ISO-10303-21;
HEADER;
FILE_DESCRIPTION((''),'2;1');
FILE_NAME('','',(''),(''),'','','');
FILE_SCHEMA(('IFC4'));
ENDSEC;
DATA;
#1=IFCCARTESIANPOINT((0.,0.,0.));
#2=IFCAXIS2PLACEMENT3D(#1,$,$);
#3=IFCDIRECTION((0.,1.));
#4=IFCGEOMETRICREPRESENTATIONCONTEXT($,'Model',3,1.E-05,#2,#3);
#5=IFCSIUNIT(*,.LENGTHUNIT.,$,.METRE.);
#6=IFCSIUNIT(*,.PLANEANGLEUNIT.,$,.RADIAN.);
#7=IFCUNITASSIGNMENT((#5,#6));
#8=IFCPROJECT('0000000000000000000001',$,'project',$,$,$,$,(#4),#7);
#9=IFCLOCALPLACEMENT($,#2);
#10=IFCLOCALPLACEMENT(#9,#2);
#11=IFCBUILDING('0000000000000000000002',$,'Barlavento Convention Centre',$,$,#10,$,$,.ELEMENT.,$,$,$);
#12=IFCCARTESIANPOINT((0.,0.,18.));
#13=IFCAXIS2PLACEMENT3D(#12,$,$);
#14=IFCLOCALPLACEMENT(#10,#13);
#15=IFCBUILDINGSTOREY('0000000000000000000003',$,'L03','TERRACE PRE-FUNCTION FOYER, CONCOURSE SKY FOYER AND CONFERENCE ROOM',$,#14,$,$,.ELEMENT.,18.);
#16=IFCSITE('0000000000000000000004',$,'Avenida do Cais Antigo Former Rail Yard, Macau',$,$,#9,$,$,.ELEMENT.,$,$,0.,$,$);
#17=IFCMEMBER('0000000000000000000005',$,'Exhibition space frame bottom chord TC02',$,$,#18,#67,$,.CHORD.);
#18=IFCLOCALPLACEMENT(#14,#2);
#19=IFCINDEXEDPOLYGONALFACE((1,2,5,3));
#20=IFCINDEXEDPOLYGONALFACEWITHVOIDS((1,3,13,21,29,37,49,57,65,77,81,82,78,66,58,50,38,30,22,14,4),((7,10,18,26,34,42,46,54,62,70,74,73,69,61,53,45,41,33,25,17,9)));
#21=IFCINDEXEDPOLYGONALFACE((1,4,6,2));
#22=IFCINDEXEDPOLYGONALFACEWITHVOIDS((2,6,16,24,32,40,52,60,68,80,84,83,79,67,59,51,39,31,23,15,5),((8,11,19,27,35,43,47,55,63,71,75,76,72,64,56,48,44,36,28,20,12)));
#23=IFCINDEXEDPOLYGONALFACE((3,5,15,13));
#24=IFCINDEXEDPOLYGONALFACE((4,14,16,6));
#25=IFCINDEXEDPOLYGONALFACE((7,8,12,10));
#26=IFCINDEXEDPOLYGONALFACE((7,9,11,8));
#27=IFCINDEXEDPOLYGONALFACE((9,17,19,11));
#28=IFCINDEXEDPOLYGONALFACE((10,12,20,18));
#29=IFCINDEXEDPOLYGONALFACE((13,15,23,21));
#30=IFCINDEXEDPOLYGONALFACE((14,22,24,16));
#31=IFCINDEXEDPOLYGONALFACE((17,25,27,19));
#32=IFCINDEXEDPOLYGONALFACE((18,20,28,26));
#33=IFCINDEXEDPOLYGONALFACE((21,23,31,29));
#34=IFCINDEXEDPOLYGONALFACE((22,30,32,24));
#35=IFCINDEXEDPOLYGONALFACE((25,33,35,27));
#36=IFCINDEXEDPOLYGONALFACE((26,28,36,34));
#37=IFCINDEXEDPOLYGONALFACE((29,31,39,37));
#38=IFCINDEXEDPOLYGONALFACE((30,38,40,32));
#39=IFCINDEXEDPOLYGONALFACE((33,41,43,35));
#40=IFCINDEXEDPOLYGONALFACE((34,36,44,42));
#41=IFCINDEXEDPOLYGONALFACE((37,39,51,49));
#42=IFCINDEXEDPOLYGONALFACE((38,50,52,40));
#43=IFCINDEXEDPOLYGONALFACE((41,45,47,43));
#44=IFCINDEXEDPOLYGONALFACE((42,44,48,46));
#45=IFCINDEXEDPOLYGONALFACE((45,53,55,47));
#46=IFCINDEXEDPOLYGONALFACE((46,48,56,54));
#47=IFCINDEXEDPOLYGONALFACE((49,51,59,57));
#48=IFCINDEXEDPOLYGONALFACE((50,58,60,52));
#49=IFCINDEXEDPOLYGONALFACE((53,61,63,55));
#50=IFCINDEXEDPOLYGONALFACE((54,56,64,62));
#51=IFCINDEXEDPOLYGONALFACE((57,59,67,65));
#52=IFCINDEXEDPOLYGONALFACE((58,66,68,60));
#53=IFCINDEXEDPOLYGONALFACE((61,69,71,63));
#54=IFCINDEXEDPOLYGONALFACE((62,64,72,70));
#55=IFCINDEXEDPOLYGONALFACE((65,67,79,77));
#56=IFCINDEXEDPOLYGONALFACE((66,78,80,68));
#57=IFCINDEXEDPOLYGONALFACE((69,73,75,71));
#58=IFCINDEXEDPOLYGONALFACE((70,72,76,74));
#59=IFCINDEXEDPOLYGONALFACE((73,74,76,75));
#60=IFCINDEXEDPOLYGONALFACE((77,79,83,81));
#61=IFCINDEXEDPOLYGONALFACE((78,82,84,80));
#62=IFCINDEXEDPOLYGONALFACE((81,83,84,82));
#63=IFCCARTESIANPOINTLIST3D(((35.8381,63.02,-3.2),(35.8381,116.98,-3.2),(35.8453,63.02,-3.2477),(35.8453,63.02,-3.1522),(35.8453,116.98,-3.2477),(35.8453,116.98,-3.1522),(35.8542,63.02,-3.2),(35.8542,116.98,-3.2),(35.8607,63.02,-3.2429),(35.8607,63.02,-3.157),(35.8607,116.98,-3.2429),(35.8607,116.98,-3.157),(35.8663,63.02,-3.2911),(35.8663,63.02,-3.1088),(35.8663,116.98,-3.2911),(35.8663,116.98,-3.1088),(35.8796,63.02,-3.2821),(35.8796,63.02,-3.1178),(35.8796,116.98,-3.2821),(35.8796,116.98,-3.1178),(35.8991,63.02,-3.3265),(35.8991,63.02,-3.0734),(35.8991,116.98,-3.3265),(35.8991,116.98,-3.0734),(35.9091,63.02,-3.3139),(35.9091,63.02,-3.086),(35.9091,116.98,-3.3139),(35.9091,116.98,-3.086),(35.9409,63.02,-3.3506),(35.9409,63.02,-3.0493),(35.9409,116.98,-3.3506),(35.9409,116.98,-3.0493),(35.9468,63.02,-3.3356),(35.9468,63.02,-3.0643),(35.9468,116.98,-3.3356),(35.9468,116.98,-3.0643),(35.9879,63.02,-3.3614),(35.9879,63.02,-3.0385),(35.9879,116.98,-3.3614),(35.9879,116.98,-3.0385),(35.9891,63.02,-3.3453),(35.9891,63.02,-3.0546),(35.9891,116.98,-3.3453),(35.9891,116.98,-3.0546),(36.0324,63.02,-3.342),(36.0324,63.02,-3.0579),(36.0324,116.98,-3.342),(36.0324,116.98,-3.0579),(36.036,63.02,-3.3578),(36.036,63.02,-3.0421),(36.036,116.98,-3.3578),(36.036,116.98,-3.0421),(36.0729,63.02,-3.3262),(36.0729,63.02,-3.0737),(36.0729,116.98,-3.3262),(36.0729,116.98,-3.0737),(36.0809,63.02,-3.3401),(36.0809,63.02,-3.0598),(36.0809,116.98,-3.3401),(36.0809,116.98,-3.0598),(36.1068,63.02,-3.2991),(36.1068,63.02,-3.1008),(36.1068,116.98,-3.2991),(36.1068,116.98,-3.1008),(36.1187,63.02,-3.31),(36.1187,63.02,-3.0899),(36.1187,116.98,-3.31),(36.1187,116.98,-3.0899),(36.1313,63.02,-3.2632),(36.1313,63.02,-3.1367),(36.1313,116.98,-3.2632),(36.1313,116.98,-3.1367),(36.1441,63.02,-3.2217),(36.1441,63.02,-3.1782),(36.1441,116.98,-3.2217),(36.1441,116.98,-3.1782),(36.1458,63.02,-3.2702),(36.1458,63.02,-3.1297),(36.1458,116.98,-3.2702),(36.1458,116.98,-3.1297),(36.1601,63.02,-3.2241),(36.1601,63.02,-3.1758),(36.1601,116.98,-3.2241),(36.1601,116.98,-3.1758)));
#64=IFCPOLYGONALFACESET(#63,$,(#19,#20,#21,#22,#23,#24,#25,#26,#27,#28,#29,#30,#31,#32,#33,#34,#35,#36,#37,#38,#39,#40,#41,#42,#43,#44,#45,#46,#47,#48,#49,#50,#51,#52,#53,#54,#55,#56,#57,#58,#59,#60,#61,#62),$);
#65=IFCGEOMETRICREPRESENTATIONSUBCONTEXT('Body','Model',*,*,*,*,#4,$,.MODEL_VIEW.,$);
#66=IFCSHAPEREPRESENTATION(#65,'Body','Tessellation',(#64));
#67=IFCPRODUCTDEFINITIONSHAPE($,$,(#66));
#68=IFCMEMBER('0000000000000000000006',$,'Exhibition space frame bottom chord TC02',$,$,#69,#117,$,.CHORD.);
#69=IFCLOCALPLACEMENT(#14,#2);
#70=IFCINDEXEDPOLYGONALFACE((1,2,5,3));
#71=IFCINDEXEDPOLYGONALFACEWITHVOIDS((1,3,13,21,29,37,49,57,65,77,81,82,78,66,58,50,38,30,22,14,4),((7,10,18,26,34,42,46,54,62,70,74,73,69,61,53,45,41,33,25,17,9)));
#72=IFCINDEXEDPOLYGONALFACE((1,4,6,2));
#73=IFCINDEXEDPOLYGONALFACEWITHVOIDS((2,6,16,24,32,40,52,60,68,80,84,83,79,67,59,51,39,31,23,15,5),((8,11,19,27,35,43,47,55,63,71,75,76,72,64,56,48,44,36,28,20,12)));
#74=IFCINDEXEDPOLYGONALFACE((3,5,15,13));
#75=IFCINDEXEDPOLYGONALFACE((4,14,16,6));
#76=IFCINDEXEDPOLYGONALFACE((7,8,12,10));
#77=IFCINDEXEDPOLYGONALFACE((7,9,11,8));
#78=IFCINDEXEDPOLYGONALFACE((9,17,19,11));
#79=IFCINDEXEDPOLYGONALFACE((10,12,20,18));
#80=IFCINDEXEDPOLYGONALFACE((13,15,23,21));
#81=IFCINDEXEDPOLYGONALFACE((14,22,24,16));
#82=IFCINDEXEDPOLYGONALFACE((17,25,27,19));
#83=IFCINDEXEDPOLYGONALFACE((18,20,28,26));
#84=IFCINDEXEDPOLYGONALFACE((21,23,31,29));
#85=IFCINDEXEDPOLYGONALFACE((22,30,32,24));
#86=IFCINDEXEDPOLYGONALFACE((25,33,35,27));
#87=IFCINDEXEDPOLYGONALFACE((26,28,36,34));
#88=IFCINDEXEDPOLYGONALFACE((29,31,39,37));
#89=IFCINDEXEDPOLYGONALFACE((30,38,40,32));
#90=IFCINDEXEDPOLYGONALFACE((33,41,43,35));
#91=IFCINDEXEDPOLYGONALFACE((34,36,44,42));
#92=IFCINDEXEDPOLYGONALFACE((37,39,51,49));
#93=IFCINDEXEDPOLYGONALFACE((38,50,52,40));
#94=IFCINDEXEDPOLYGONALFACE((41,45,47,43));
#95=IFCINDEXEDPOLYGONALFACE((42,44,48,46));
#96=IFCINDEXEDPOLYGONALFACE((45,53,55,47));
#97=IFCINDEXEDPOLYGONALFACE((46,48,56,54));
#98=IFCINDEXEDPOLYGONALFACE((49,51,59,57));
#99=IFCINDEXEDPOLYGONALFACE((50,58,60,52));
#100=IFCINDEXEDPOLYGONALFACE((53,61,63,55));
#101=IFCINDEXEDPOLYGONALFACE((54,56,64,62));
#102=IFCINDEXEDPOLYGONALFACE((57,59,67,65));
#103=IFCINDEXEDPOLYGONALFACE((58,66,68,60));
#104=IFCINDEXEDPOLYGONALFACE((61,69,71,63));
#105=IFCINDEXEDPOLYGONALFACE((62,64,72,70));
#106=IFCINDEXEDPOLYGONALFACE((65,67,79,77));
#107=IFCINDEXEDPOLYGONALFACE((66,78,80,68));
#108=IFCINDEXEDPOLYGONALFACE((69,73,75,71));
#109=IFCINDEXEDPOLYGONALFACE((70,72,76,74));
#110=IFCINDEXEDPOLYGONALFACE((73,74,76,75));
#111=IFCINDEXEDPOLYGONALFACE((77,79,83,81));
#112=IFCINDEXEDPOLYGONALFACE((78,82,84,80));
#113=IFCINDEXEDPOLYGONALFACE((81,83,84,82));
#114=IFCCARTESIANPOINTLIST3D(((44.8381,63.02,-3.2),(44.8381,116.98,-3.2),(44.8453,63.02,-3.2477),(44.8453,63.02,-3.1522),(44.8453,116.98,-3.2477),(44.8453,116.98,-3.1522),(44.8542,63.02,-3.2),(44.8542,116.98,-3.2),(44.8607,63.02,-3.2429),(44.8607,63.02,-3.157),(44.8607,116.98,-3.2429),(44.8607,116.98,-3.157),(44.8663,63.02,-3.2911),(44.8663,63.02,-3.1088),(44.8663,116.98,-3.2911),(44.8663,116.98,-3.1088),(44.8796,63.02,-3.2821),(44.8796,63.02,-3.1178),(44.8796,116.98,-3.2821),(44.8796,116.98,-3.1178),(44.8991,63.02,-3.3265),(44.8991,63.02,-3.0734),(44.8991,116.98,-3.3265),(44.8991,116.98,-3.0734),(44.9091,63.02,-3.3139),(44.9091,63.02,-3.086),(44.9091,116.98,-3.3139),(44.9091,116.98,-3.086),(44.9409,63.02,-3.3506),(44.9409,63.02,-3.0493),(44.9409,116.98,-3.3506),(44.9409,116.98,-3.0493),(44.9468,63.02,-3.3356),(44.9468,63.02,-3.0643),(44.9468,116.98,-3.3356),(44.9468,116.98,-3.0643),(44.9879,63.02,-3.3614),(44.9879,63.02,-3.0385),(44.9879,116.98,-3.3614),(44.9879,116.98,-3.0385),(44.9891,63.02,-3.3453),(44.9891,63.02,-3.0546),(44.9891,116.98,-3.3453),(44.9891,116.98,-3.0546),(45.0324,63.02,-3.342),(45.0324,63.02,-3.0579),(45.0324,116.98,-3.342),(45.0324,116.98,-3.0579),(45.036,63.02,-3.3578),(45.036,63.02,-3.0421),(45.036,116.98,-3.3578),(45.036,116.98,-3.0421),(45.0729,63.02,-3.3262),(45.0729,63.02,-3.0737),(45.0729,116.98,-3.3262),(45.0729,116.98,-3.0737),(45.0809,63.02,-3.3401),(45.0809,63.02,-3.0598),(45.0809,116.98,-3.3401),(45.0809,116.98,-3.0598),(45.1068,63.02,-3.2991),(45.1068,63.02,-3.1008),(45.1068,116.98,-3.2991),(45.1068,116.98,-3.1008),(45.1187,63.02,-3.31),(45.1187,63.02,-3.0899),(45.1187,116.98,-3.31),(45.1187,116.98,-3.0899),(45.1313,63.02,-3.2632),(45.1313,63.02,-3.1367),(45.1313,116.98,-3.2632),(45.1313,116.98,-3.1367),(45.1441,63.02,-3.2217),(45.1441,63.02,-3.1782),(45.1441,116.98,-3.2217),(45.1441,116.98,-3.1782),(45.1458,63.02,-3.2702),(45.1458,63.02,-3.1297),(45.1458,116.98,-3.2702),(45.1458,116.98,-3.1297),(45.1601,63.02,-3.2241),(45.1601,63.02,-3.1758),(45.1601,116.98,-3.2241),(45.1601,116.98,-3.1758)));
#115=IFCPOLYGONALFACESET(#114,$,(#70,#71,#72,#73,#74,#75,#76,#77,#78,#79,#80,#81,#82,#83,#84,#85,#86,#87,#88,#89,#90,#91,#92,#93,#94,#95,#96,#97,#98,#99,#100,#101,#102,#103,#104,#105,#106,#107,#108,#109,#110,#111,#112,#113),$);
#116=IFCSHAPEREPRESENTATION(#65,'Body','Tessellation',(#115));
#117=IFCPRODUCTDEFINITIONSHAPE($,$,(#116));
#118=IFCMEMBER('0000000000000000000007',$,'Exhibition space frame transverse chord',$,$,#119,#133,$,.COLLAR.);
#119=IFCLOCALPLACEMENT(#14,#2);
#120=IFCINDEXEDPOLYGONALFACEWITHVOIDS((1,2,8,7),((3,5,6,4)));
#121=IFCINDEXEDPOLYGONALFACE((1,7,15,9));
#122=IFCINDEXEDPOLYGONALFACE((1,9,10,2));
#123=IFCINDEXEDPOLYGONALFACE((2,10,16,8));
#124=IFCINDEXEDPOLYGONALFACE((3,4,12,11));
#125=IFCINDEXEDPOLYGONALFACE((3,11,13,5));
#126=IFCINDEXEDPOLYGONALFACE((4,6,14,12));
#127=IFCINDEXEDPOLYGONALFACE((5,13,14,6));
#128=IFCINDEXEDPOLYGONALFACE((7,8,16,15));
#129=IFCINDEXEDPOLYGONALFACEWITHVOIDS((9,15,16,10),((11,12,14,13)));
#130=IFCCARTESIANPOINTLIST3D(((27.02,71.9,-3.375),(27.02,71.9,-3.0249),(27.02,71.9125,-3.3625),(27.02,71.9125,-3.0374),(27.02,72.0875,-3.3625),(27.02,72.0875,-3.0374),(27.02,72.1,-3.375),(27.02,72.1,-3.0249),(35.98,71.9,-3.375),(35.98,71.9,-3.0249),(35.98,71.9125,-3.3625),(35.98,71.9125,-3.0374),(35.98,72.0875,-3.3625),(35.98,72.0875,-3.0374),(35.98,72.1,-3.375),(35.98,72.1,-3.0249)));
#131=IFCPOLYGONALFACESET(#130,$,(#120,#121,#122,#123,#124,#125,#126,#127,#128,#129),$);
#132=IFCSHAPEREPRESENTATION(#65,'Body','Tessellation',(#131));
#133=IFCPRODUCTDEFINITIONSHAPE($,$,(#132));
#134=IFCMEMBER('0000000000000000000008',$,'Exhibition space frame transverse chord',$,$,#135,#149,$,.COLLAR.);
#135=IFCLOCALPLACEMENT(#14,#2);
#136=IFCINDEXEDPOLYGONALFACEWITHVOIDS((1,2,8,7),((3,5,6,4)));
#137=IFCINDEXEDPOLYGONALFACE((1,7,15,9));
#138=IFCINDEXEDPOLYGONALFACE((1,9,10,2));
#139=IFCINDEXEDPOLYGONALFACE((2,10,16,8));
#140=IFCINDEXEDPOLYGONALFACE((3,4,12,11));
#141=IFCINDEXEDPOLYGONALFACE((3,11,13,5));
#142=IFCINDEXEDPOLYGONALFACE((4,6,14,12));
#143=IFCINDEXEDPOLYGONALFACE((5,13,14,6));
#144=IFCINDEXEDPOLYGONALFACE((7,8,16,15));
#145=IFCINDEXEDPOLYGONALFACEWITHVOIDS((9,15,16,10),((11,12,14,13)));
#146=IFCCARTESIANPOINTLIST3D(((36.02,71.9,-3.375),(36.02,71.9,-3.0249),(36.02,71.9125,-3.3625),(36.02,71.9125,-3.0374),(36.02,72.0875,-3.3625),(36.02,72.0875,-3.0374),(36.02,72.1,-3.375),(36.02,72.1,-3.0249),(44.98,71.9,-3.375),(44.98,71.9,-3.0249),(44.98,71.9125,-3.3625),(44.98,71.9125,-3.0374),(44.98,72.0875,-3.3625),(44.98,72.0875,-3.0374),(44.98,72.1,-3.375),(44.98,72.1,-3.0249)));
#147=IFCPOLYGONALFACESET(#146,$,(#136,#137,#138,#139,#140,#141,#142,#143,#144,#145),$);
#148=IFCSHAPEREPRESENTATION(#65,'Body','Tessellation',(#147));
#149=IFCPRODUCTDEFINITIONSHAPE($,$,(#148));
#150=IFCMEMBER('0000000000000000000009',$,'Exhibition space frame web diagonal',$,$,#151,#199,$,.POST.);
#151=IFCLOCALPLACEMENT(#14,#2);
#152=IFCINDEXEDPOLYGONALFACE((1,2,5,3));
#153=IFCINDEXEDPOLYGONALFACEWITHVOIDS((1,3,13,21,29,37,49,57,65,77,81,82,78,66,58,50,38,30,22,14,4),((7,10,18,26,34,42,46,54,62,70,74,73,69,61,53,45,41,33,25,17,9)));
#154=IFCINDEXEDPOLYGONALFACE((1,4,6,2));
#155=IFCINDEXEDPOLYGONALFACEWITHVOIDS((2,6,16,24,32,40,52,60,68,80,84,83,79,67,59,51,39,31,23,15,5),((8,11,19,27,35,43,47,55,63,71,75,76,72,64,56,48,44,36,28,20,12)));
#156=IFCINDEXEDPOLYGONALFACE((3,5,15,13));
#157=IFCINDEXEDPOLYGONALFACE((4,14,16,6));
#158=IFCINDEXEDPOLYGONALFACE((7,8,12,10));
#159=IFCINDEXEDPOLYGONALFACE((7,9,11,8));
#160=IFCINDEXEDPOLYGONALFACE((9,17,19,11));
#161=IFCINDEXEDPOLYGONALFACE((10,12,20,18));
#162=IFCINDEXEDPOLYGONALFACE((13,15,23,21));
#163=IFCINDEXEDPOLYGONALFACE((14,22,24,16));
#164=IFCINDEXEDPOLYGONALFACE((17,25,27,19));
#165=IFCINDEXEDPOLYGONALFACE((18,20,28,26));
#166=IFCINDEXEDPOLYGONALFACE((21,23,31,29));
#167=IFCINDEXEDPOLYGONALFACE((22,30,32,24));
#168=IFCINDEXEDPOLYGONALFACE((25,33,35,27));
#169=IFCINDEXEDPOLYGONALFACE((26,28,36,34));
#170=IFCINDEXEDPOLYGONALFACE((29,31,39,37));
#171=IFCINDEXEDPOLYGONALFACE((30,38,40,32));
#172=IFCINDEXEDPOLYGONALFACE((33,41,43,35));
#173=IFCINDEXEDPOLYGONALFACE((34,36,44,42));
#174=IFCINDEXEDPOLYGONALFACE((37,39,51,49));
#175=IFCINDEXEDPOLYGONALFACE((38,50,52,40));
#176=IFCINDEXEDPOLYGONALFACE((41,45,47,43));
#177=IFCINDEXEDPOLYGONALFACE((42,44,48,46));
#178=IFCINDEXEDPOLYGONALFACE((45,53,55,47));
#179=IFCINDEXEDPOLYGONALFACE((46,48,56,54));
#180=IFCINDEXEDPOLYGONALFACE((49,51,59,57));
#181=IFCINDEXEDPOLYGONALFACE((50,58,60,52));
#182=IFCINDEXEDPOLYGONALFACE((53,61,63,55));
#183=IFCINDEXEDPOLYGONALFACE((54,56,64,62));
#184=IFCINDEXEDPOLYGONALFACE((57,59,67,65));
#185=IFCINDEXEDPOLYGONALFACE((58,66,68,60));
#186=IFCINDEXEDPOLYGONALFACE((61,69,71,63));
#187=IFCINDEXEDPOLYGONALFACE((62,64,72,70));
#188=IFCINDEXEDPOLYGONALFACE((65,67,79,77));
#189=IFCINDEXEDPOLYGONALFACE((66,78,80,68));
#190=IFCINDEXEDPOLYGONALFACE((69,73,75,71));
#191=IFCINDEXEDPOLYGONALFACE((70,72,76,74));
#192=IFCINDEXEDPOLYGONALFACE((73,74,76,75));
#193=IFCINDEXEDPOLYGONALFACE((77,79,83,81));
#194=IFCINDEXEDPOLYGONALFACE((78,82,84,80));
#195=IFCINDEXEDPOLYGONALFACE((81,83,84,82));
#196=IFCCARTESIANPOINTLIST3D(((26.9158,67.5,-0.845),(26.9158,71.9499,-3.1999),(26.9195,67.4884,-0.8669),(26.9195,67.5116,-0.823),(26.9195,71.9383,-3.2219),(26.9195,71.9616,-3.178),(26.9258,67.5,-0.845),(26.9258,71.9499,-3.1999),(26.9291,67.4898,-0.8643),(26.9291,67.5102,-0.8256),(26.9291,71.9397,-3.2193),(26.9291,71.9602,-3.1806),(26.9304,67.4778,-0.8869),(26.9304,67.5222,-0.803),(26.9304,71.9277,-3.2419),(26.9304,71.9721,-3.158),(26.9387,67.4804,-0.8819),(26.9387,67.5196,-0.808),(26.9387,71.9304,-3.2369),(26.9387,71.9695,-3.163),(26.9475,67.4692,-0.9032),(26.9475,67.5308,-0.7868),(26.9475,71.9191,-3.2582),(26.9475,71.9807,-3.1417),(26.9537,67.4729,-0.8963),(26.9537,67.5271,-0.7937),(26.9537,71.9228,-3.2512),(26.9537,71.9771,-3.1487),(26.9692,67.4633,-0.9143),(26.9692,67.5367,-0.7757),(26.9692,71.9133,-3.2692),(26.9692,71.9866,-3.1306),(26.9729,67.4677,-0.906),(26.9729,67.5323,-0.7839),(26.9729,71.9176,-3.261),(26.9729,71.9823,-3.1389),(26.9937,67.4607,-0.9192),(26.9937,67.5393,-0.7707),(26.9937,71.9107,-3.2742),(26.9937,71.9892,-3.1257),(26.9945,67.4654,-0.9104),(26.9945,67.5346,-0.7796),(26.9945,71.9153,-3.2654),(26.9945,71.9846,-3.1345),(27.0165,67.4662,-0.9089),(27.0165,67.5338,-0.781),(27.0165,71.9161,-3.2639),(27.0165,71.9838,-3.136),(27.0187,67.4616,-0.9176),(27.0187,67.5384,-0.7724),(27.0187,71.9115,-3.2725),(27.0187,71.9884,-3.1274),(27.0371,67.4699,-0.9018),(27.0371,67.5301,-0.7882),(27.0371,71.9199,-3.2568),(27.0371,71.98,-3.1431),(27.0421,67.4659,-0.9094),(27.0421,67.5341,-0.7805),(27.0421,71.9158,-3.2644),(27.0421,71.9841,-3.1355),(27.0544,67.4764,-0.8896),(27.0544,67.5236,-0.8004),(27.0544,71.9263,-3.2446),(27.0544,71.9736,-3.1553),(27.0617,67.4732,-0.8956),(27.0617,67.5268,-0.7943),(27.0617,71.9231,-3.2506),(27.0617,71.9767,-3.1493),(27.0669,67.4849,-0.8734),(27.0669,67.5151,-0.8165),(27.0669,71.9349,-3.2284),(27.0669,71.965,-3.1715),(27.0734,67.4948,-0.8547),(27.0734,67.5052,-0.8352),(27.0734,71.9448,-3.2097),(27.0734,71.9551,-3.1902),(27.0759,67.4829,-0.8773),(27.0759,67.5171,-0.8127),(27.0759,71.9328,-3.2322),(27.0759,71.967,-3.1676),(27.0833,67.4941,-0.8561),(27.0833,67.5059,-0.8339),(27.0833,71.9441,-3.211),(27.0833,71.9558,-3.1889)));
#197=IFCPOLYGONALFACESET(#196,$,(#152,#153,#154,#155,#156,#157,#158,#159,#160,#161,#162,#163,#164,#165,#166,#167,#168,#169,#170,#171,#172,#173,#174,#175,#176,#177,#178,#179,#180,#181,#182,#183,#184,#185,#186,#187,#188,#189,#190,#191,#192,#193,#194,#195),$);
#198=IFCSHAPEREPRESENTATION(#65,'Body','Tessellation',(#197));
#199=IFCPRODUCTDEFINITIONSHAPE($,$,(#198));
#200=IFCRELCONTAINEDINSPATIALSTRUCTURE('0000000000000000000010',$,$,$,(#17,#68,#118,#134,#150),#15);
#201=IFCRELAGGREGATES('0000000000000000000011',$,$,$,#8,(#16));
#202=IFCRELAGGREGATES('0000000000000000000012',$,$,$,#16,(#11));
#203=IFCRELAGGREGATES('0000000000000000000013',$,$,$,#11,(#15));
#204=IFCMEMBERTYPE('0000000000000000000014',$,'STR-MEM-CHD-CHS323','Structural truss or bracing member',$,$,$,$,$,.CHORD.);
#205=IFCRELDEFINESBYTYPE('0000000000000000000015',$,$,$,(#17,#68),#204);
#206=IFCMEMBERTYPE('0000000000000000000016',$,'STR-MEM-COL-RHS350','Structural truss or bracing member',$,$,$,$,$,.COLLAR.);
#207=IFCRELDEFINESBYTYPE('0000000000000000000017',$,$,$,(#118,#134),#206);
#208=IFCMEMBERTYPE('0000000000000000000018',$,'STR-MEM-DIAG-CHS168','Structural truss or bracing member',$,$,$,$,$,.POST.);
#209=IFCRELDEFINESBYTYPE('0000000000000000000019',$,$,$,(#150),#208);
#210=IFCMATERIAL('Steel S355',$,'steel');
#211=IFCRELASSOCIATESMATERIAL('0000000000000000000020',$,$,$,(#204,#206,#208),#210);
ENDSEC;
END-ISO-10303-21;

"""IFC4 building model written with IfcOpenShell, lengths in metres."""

from ifc_helpers import new_model, si_unit, direction, frame, origin, origin_2d, place, context, subcontext, project, spatial, hollow_rectangle, hollow_circle, extrude, material, material_profile, profile_set, type_object, element, save


model = new_model("IFC4")

# Units and contexts
model_context = context("Model", 3, precision=1e-05, world=origin(), true_north=direction((0.0, 1.0)))
body_context = subcontext(model_context, "Body", "Model", "MODEL_VIEW")
ifc_project = project(units=[si_unit("LENGTHUNIT", "METRE"), si_unit("PLANEANGLEUNIT", "RADIAN")], contexts=[model_context])

# Site, building, storey
site_placement = place(None, origin())
site = spatial("IfcSite", under=ifc_project, at=site_placement, Name="Avenida do Cais Antigo Former Rail Yard, Macau", CompositionType="ELEMENT", RefElevation=0.0)
building_placement = place(site_placement, origin())
building = spatial("IfcBuilding", under=site, at=building_placement, Name="Barlavento Convention Centre", CompositionType="ELEMENT")
storey_placement = place(building_placement, frame((0.0, 0.0, 18.0)))
storey = spatial("IfcBuildingStorey", under=building, at=storey_placement, Name="L03", Description="TERRACE PRE-FUNCTION FOYER, CONCOURSE SKY FOYER AND CONFERENCE ROOM", CompositionType="ELEMENT", Elevation=18.0)

# Members
ifc_material_1 = material(Name="Steel S355", Category="steel")
ifc_material_profile_1 = material_profile(ifc_material_1, hollow_circle(Radius=0.1619, WallThickness=0.0161, at=origin_2d()), Name="CHS 323.9x16.0")
ifc_profile_set_1 = profile_set([ifc_material_profile_1], Name="Steel S355")
member_type_1 = type_object("IfcMemberType", Name="STR-MEM-CHD-CHS323", Description="Structural truss or bracing member", PredefinedType="CHORD", material=ifc_profile_set_1)
for number, where, z_axis, x_axis, name in (
    (1, (36.0, 63.02, -3.2), (0.0, 1.0, 0.0), (-1.0, 0.0, 0.0), "Exhibition space frame bottom chord TC02"),
    (2, (45.0, 63.02, -3.2), (0.0, 1.0, 0.0), (-1.0, 0.0, 0.0), "Exhibition space frame bottom chord TC02"),
):
    element("IfcMember", number, at=place(storey_placement, frame(where, z_axis=z_axis, x_axis=x_axis)), inside=storey, type_object=member_type_1, Name=name, PredefinedType="CHORD", context=body_context, shape_type="SweptSolid", body=[
        extrude(hollow_circle(Radius=0.1619, WallThickness=0.0161, at=origin_2d()), origin(), (0.0, 0.0, 1.0), 53.96),
    ])
ifc_material_profile_2 = material_profile(ifc_material_1, hollow_rectangle(XDim=0.2, YDim=0.3501, WallThickness=0.0125, at=origin_2d()), Name="RHS 350x200x12.5")
ifc_profile_set_2 = profile_set([ifc_material_profile_2], Name="Steel S355")
member_type_2 = type_object("IfcMemberType", Name="STR-MEM-COL-RHS350", Description="Structural truss or bracing member", PredefinedType="COLLAR", material=ifc_profile_set_2)
for number, where, z_axis, x_axis, name in (
    (3, (27.02, 72.0, -3.2), (1.0, 0.0, 0.0), (0.0, 1.0, 0.0), "Exhibition space frame transverse chord"),
    (4, (36.02, 72.0, -3.2), (1.0, 0.0, 0.0), (0.0, 1.0, 0.0), "Exhibition space frame transverse chord"),
):
    element("IfcMember", number, at=place(storey_placement, frame(where, z_axis=z_axis, x_axis=x_axis)), inside=storey, type_object=member_type_2, Name=name, PredefinedType="COLLAR", context=body_context, shape_type="SweptSolid", body=[
        extrude(hollow_rectangle(XDim=0.2, YDim=0.3501, WallThickness=0.0125, at=origin_2d()), origin(), (0.0, 0.0, 1.0), 8.96),
    ])
ifc_material_profile_3 = material_profile(ifc_material_1, hollow_circle(Radius=0.0842, WallThickness=0.01, at=origin_2d()), Name="CHS 168.3x10.0")
ifc_profile_set_3 = profile_set([ifc_material_profile_3], Name="Steel S355")
member_type_3 = type_object("IfcMemberType", Name="STR-MEM-DIAG-CHS168", Description="Structural truss or bracing member", PredefinedType="POST", material=ifc_profile_set_3)
for number, where, z_axis, x_axis, name in (
    (5, (27.0, 67.5, -0.845), (0.0, 0.88386, -0.467752), (-1.0, 0.0, 0.0), "Exhibition space frame web diagonal"),
):
    element("IfcMember", number, at=place(storey_placement, frame(where, z_axis=z_axis, x_axis=x_axis)), inside=storey, type_object=member_type_3, Name=name, PredefinedType="POST", context=body_context, shape_type="SweptSolid", body=[
        extrude(hollow_circle(Radius=0.0842, WallThickness=0.01, at=origin_2d()), origin(), (0.0, 0.0, 1.0), 5.0347),
    ])

save(model, "model.ifc")
